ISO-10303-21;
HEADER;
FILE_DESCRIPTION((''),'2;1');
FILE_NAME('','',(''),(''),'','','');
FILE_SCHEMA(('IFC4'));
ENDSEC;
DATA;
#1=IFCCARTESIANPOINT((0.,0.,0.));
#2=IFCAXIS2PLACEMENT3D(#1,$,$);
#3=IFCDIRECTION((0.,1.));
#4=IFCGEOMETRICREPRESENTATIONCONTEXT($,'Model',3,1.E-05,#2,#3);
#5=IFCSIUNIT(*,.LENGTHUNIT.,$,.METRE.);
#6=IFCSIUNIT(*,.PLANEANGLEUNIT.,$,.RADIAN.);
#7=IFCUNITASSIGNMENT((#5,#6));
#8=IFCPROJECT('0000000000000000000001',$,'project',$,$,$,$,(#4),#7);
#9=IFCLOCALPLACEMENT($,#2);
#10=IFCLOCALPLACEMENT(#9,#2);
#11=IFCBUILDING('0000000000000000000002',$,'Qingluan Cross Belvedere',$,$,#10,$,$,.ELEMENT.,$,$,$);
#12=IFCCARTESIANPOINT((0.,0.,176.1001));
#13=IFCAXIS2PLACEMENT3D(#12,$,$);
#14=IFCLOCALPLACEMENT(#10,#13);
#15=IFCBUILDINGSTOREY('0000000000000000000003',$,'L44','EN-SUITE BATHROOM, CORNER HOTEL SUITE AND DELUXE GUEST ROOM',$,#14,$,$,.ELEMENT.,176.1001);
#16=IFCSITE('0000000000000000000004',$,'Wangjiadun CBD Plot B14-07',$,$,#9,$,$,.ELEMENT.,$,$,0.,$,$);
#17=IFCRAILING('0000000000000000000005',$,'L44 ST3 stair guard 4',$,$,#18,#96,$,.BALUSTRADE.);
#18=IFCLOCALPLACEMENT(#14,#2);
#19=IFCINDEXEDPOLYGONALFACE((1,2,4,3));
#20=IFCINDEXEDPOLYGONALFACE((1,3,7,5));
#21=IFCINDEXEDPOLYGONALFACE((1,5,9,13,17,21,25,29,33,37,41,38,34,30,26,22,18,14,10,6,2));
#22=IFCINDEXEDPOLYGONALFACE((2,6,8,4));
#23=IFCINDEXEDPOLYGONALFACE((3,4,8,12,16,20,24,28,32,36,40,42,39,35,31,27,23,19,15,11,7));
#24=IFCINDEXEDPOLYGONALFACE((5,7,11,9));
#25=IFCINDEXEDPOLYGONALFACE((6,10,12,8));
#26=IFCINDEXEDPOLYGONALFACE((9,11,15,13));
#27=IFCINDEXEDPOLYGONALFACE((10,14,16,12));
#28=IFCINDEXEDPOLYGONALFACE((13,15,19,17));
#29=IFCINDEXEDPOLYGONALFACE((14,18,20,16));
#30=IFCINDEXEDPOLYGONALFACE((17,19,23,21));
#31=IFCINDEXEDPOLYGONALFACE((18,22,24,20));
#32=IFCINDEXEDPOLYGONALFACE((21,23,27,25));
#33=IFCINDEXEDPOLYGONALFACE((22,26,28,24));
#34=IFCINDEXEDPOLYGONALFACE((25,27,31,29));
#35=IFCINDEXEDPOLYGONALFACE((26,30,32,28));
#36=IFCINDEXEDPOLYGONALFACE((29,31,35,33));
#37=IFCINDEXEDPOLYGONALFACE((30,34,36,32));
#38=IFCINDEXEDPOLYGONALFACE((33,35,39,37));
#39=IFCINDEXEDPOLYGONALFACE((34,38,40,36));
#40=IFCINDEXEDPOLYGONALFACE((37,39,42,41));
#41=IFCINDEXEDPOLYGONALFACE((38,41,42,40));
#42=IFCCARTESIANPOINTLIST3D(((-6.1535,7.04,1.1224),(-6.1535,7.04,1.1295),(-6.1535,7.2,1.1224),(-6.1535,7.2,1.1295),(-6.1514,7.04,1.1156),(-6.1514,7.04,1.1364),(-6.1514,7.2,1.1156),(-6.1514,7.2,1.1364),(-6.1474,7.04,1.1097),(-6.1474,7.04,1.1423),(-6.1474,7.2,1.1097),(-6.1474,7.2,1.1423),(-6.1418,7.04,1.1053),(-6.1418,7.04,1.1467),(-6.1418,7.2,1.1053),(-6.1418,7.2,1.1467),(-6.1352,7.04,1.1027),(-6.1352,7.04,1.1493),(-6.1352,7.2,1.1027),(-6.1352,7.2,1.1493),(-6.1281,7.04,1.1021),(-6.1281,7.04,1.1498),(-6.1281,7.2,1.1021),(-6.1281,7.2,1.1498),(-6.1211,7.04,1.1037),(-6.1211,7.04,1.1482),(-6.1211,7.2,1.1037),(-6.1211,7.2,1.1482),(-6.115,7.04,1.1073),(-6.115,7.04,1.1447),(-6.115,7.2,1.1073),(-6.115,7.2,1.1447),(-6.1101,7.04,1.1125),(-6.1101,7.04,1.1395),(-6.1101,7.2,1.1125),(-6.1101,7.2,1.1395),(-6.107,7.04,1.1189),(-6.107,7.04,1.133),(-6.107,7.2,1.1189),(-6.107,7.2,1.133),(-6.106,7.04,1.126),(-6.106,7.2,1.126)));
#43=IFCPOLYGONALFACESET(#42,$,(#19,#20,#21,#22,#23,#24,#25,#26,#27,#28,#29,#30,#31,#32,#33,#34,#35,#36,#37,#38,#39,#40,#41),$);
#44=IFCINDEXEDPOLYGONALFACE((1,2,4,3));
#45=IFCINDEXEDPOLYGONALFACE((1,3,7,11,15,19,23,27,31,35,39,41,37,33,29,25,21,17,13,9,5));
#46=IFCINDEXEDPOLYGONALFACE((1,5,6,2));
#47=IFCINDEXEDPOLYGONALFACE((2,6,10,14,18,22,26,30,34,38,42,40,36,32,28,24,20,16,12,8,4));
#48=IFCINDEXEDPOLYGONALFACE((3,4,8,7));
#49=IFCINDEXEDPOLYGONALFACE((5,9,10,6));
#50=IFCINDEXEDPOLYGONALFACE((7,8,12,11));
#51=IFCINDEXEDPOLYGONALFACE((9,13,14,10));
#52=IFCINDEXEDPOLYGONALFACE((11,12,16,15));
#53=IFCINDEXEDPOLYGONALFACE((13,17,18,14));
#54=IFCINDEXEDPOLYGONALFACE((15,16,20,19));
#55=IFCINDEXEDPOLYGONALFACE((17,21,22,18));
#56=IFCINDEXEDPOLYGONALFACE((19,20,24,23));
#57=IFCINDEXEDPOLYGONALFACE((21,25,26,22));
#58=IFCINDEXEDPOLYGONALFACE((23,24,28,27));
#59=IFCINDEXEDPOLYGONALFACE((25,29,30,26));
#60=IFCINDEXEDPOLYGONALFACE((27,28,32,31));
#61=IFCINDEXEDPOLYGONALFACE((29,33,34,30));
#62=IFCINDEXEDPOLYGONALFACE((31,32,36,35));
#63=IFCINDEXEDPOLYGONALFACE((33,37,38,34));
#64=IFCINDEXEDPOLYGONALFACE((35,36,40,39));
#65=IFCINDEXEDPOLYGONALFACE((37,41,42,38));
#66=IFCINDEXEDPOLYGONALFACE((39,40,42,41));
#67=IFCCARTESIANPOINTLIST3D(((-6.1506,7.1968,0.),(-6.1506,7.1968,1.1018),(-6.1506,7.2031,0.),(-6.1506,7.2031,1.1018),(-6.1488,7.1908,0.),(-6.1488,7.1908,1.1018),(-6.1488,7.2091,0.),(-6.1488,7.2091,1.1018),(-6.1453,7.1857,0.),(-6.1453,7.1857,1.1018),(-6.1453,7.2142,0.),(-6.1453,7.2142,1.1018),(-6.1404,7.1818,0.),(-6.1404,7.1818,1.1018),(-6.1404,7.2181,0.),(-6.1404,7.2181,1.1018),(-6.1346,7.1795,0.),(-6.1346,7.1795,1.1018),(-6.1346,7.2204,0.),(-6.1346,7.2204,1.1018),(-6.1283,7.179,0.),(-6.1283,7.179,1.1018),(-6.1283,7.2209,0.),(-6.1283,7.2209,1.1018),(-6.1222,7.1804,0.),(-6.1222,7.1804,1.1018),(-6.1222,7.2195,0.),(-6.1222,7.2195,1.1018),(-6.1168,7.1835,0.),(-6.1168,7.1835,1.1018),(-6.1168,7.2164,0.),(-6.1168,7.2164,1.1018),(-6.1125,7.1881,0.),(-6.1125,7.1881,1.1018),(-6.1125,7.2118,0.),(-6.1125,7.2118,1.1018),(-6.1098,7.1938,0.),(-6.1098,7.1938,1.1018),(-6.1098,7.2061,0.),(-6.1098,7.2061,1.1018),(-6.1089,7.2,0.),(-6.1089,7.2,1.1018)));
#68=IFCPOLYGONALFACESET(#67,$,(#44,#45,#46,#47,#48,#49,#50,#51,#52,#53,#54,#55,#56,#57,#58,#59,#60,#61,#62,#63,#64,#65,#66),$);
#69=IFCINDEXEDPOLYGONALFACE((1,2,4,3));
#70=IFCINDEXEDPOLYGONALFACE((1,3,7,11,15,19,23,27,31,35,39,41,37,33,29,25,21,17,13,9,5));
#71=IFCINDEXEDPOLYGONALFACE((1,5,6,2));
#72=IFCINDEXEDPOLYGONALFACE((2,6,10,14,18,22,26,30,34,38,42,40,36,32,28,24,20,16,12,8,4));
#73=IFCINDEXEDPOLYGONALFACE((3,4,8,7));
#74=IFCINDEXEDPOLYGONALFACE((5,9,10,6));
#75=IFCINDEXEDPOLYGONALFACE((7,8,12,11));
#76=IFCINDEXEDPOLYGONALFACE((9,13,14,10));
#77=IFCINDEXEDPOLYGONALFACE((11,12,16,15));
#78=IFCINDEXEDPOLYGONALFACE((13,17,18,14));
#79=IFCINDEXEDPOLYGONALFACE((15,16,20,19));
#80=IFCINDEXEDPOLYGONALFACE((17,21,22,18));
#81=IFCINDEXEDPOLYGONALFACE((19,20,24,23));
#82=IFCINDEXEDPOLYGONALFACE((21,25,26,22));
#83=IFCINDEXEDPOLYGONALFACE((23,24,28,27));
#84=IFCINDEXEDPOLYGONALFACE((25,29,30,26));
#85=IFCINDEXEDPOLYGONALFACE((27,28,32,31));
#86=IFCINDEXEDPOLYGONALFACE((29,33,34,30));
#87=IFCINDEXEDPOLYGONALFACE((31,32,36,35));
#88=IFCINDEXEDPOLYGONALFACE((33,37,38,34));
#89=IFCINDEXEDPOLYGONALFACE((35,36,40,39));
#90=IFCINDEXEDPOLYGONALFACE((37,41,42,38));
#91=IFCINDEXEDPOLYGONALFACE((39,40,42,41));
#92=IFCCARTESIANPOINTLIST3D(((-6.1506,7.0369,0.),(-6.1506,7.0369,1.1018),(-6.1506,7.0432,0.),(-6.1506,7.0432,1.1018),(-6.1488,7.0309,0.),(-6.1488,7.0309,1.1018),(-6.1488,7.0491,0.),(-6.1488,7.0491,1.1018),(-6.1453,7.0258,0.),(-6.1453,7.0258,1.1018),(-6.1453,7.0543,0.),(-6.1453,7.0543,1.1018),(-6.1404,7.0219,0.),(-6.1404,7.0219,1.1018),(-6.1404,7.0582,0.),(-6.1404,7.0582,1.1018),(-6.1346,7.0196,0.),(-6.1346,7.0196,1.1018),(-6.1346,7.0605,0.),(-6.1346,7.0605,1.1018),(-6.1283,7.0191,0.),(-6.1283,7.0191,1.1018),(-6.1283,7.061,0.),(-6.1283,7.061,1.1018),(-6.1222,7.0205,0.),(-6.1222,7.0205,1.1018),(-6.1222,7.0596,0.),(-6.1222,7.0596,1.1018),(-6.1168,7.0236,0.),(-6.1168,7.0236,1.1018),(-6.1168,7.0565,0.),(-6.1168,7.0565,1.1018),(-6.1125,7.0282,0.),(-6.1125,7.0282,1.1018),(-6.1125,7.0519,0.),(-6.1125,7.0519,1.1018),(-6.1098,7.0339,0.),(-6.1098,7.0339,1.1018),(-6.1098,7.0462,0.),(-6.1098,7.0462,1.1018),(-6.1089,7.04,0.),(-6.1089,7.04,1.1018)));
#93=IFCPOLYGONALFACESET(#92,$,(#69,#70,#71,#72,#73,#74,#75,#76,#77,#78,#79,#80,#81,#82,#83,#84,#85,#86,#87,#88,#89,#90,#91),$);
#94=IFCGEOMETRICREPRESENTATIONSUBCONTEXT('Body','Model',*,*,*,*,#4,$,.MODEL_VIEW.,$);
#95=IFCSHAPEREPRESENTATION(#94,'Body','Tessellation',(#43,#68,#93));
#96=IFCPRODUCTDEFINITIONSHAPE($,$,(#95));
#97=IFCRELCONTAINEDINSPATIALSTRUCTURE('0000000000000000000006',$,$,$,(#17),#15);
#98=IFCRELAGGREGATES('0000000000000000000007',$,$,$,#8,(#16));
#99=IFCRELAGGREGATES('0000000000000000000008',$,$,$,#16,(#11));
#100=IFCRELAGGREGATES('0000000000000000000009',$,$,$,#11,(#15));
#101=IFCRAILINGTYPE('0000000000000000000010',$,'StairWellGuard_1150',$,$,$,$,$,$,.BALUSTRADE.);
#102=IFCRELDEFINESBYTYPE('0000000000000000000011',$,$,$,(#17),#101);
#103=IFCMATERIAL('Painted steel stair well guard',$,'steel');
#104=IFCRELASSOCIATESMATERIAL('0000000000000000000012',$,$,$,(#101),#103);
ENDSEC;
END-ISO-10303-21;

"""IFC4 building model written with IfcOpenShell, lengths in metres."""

from ifc_helpers import new_model, si_unit, direction, frame, origin, origin_2d, place, context, subcontext, project, spatial, circle, extrude, material, type_object, element, save


model = new_model("IFC4")

# Units and contexts
model_context = context("Model", 3, precision=1e-05, world=origin(), true_north=direction((0.0, 1.0)))
body_context = subcontext(model_context, "Body", "Model", "MODEL_VIEW")
ifc_project = project(units=[si_unit("LENGTHUNIT", "METRE"), si_unit("PLANEANGLEUNIT", "RADIAN")], contexts=[model_context])

# Site, building, storey
site_placement = place(None, origin())
site = spatial("IfcSite", under=ifc_project, at=site_placement, Name="Wangjiadun CBD Plot B14-07", CompositionType="ELEMENT", RefElevation=0.0)
building_placement = place(site_placement, origin())
building = spatial("IfcBuilding", under=site, at=building_placement, Name="Qingluan Cross Belvedere", CompositionType="ELEMENT")
storey_placement = place(building_placement, frame((0.0, 0.0, 176.1001)))
storey = spatial("IfcBuildingStorey", under=building, at=storey_placement, Name="L44", Description="EN-SUITE BATHROOM, CORNER HOTEL SUITE AND DELUXE GUEST ROOM", CompositionType="ELEMENT", Elevation=176.1001)

# Railing
ifc_material_1 = material(Name="Painted steel stair well guard", Category="steel")
railing_type_1 = type_object("IfcRailingType", Name="StairWellGuard_1150", PredefinedType="BALUSTRADE", material=ifc_material_1)
railing_1_placement = place(storey_placement, frame((-6.1299, 7.2, 0.0)))
element("IfcRailing", 1, at=railing_1_placement, inside=storey, type_object=railing_type_1, Name="L44 ST3 stair guard 4", PredefinedType="BALUSTRADE", context=body_context, shape_type="SweptSolid", body=[
    extrude(circle(Radius=0.0239, at=origin_2d()), frame((0.0, 0.0, 1.126), z_axis=(0.0, -1.0, 0.0), x_axis=(1.0, 0.0, 0.0)), (0.0, 0.0, 1.0), 0.1599),
    extrude(circle(Radius=0.021, at=origin_2d()), origin(), (0.0, 0.0, 1.0), 1.1018),
    extrude(circle(Radius=0.021, at=origin_2d()), frame((0.0, -0.1599, 0.0)), (0.0, 0.0, 1.0), 1.1018),
])

save(model, "model.ifc")
